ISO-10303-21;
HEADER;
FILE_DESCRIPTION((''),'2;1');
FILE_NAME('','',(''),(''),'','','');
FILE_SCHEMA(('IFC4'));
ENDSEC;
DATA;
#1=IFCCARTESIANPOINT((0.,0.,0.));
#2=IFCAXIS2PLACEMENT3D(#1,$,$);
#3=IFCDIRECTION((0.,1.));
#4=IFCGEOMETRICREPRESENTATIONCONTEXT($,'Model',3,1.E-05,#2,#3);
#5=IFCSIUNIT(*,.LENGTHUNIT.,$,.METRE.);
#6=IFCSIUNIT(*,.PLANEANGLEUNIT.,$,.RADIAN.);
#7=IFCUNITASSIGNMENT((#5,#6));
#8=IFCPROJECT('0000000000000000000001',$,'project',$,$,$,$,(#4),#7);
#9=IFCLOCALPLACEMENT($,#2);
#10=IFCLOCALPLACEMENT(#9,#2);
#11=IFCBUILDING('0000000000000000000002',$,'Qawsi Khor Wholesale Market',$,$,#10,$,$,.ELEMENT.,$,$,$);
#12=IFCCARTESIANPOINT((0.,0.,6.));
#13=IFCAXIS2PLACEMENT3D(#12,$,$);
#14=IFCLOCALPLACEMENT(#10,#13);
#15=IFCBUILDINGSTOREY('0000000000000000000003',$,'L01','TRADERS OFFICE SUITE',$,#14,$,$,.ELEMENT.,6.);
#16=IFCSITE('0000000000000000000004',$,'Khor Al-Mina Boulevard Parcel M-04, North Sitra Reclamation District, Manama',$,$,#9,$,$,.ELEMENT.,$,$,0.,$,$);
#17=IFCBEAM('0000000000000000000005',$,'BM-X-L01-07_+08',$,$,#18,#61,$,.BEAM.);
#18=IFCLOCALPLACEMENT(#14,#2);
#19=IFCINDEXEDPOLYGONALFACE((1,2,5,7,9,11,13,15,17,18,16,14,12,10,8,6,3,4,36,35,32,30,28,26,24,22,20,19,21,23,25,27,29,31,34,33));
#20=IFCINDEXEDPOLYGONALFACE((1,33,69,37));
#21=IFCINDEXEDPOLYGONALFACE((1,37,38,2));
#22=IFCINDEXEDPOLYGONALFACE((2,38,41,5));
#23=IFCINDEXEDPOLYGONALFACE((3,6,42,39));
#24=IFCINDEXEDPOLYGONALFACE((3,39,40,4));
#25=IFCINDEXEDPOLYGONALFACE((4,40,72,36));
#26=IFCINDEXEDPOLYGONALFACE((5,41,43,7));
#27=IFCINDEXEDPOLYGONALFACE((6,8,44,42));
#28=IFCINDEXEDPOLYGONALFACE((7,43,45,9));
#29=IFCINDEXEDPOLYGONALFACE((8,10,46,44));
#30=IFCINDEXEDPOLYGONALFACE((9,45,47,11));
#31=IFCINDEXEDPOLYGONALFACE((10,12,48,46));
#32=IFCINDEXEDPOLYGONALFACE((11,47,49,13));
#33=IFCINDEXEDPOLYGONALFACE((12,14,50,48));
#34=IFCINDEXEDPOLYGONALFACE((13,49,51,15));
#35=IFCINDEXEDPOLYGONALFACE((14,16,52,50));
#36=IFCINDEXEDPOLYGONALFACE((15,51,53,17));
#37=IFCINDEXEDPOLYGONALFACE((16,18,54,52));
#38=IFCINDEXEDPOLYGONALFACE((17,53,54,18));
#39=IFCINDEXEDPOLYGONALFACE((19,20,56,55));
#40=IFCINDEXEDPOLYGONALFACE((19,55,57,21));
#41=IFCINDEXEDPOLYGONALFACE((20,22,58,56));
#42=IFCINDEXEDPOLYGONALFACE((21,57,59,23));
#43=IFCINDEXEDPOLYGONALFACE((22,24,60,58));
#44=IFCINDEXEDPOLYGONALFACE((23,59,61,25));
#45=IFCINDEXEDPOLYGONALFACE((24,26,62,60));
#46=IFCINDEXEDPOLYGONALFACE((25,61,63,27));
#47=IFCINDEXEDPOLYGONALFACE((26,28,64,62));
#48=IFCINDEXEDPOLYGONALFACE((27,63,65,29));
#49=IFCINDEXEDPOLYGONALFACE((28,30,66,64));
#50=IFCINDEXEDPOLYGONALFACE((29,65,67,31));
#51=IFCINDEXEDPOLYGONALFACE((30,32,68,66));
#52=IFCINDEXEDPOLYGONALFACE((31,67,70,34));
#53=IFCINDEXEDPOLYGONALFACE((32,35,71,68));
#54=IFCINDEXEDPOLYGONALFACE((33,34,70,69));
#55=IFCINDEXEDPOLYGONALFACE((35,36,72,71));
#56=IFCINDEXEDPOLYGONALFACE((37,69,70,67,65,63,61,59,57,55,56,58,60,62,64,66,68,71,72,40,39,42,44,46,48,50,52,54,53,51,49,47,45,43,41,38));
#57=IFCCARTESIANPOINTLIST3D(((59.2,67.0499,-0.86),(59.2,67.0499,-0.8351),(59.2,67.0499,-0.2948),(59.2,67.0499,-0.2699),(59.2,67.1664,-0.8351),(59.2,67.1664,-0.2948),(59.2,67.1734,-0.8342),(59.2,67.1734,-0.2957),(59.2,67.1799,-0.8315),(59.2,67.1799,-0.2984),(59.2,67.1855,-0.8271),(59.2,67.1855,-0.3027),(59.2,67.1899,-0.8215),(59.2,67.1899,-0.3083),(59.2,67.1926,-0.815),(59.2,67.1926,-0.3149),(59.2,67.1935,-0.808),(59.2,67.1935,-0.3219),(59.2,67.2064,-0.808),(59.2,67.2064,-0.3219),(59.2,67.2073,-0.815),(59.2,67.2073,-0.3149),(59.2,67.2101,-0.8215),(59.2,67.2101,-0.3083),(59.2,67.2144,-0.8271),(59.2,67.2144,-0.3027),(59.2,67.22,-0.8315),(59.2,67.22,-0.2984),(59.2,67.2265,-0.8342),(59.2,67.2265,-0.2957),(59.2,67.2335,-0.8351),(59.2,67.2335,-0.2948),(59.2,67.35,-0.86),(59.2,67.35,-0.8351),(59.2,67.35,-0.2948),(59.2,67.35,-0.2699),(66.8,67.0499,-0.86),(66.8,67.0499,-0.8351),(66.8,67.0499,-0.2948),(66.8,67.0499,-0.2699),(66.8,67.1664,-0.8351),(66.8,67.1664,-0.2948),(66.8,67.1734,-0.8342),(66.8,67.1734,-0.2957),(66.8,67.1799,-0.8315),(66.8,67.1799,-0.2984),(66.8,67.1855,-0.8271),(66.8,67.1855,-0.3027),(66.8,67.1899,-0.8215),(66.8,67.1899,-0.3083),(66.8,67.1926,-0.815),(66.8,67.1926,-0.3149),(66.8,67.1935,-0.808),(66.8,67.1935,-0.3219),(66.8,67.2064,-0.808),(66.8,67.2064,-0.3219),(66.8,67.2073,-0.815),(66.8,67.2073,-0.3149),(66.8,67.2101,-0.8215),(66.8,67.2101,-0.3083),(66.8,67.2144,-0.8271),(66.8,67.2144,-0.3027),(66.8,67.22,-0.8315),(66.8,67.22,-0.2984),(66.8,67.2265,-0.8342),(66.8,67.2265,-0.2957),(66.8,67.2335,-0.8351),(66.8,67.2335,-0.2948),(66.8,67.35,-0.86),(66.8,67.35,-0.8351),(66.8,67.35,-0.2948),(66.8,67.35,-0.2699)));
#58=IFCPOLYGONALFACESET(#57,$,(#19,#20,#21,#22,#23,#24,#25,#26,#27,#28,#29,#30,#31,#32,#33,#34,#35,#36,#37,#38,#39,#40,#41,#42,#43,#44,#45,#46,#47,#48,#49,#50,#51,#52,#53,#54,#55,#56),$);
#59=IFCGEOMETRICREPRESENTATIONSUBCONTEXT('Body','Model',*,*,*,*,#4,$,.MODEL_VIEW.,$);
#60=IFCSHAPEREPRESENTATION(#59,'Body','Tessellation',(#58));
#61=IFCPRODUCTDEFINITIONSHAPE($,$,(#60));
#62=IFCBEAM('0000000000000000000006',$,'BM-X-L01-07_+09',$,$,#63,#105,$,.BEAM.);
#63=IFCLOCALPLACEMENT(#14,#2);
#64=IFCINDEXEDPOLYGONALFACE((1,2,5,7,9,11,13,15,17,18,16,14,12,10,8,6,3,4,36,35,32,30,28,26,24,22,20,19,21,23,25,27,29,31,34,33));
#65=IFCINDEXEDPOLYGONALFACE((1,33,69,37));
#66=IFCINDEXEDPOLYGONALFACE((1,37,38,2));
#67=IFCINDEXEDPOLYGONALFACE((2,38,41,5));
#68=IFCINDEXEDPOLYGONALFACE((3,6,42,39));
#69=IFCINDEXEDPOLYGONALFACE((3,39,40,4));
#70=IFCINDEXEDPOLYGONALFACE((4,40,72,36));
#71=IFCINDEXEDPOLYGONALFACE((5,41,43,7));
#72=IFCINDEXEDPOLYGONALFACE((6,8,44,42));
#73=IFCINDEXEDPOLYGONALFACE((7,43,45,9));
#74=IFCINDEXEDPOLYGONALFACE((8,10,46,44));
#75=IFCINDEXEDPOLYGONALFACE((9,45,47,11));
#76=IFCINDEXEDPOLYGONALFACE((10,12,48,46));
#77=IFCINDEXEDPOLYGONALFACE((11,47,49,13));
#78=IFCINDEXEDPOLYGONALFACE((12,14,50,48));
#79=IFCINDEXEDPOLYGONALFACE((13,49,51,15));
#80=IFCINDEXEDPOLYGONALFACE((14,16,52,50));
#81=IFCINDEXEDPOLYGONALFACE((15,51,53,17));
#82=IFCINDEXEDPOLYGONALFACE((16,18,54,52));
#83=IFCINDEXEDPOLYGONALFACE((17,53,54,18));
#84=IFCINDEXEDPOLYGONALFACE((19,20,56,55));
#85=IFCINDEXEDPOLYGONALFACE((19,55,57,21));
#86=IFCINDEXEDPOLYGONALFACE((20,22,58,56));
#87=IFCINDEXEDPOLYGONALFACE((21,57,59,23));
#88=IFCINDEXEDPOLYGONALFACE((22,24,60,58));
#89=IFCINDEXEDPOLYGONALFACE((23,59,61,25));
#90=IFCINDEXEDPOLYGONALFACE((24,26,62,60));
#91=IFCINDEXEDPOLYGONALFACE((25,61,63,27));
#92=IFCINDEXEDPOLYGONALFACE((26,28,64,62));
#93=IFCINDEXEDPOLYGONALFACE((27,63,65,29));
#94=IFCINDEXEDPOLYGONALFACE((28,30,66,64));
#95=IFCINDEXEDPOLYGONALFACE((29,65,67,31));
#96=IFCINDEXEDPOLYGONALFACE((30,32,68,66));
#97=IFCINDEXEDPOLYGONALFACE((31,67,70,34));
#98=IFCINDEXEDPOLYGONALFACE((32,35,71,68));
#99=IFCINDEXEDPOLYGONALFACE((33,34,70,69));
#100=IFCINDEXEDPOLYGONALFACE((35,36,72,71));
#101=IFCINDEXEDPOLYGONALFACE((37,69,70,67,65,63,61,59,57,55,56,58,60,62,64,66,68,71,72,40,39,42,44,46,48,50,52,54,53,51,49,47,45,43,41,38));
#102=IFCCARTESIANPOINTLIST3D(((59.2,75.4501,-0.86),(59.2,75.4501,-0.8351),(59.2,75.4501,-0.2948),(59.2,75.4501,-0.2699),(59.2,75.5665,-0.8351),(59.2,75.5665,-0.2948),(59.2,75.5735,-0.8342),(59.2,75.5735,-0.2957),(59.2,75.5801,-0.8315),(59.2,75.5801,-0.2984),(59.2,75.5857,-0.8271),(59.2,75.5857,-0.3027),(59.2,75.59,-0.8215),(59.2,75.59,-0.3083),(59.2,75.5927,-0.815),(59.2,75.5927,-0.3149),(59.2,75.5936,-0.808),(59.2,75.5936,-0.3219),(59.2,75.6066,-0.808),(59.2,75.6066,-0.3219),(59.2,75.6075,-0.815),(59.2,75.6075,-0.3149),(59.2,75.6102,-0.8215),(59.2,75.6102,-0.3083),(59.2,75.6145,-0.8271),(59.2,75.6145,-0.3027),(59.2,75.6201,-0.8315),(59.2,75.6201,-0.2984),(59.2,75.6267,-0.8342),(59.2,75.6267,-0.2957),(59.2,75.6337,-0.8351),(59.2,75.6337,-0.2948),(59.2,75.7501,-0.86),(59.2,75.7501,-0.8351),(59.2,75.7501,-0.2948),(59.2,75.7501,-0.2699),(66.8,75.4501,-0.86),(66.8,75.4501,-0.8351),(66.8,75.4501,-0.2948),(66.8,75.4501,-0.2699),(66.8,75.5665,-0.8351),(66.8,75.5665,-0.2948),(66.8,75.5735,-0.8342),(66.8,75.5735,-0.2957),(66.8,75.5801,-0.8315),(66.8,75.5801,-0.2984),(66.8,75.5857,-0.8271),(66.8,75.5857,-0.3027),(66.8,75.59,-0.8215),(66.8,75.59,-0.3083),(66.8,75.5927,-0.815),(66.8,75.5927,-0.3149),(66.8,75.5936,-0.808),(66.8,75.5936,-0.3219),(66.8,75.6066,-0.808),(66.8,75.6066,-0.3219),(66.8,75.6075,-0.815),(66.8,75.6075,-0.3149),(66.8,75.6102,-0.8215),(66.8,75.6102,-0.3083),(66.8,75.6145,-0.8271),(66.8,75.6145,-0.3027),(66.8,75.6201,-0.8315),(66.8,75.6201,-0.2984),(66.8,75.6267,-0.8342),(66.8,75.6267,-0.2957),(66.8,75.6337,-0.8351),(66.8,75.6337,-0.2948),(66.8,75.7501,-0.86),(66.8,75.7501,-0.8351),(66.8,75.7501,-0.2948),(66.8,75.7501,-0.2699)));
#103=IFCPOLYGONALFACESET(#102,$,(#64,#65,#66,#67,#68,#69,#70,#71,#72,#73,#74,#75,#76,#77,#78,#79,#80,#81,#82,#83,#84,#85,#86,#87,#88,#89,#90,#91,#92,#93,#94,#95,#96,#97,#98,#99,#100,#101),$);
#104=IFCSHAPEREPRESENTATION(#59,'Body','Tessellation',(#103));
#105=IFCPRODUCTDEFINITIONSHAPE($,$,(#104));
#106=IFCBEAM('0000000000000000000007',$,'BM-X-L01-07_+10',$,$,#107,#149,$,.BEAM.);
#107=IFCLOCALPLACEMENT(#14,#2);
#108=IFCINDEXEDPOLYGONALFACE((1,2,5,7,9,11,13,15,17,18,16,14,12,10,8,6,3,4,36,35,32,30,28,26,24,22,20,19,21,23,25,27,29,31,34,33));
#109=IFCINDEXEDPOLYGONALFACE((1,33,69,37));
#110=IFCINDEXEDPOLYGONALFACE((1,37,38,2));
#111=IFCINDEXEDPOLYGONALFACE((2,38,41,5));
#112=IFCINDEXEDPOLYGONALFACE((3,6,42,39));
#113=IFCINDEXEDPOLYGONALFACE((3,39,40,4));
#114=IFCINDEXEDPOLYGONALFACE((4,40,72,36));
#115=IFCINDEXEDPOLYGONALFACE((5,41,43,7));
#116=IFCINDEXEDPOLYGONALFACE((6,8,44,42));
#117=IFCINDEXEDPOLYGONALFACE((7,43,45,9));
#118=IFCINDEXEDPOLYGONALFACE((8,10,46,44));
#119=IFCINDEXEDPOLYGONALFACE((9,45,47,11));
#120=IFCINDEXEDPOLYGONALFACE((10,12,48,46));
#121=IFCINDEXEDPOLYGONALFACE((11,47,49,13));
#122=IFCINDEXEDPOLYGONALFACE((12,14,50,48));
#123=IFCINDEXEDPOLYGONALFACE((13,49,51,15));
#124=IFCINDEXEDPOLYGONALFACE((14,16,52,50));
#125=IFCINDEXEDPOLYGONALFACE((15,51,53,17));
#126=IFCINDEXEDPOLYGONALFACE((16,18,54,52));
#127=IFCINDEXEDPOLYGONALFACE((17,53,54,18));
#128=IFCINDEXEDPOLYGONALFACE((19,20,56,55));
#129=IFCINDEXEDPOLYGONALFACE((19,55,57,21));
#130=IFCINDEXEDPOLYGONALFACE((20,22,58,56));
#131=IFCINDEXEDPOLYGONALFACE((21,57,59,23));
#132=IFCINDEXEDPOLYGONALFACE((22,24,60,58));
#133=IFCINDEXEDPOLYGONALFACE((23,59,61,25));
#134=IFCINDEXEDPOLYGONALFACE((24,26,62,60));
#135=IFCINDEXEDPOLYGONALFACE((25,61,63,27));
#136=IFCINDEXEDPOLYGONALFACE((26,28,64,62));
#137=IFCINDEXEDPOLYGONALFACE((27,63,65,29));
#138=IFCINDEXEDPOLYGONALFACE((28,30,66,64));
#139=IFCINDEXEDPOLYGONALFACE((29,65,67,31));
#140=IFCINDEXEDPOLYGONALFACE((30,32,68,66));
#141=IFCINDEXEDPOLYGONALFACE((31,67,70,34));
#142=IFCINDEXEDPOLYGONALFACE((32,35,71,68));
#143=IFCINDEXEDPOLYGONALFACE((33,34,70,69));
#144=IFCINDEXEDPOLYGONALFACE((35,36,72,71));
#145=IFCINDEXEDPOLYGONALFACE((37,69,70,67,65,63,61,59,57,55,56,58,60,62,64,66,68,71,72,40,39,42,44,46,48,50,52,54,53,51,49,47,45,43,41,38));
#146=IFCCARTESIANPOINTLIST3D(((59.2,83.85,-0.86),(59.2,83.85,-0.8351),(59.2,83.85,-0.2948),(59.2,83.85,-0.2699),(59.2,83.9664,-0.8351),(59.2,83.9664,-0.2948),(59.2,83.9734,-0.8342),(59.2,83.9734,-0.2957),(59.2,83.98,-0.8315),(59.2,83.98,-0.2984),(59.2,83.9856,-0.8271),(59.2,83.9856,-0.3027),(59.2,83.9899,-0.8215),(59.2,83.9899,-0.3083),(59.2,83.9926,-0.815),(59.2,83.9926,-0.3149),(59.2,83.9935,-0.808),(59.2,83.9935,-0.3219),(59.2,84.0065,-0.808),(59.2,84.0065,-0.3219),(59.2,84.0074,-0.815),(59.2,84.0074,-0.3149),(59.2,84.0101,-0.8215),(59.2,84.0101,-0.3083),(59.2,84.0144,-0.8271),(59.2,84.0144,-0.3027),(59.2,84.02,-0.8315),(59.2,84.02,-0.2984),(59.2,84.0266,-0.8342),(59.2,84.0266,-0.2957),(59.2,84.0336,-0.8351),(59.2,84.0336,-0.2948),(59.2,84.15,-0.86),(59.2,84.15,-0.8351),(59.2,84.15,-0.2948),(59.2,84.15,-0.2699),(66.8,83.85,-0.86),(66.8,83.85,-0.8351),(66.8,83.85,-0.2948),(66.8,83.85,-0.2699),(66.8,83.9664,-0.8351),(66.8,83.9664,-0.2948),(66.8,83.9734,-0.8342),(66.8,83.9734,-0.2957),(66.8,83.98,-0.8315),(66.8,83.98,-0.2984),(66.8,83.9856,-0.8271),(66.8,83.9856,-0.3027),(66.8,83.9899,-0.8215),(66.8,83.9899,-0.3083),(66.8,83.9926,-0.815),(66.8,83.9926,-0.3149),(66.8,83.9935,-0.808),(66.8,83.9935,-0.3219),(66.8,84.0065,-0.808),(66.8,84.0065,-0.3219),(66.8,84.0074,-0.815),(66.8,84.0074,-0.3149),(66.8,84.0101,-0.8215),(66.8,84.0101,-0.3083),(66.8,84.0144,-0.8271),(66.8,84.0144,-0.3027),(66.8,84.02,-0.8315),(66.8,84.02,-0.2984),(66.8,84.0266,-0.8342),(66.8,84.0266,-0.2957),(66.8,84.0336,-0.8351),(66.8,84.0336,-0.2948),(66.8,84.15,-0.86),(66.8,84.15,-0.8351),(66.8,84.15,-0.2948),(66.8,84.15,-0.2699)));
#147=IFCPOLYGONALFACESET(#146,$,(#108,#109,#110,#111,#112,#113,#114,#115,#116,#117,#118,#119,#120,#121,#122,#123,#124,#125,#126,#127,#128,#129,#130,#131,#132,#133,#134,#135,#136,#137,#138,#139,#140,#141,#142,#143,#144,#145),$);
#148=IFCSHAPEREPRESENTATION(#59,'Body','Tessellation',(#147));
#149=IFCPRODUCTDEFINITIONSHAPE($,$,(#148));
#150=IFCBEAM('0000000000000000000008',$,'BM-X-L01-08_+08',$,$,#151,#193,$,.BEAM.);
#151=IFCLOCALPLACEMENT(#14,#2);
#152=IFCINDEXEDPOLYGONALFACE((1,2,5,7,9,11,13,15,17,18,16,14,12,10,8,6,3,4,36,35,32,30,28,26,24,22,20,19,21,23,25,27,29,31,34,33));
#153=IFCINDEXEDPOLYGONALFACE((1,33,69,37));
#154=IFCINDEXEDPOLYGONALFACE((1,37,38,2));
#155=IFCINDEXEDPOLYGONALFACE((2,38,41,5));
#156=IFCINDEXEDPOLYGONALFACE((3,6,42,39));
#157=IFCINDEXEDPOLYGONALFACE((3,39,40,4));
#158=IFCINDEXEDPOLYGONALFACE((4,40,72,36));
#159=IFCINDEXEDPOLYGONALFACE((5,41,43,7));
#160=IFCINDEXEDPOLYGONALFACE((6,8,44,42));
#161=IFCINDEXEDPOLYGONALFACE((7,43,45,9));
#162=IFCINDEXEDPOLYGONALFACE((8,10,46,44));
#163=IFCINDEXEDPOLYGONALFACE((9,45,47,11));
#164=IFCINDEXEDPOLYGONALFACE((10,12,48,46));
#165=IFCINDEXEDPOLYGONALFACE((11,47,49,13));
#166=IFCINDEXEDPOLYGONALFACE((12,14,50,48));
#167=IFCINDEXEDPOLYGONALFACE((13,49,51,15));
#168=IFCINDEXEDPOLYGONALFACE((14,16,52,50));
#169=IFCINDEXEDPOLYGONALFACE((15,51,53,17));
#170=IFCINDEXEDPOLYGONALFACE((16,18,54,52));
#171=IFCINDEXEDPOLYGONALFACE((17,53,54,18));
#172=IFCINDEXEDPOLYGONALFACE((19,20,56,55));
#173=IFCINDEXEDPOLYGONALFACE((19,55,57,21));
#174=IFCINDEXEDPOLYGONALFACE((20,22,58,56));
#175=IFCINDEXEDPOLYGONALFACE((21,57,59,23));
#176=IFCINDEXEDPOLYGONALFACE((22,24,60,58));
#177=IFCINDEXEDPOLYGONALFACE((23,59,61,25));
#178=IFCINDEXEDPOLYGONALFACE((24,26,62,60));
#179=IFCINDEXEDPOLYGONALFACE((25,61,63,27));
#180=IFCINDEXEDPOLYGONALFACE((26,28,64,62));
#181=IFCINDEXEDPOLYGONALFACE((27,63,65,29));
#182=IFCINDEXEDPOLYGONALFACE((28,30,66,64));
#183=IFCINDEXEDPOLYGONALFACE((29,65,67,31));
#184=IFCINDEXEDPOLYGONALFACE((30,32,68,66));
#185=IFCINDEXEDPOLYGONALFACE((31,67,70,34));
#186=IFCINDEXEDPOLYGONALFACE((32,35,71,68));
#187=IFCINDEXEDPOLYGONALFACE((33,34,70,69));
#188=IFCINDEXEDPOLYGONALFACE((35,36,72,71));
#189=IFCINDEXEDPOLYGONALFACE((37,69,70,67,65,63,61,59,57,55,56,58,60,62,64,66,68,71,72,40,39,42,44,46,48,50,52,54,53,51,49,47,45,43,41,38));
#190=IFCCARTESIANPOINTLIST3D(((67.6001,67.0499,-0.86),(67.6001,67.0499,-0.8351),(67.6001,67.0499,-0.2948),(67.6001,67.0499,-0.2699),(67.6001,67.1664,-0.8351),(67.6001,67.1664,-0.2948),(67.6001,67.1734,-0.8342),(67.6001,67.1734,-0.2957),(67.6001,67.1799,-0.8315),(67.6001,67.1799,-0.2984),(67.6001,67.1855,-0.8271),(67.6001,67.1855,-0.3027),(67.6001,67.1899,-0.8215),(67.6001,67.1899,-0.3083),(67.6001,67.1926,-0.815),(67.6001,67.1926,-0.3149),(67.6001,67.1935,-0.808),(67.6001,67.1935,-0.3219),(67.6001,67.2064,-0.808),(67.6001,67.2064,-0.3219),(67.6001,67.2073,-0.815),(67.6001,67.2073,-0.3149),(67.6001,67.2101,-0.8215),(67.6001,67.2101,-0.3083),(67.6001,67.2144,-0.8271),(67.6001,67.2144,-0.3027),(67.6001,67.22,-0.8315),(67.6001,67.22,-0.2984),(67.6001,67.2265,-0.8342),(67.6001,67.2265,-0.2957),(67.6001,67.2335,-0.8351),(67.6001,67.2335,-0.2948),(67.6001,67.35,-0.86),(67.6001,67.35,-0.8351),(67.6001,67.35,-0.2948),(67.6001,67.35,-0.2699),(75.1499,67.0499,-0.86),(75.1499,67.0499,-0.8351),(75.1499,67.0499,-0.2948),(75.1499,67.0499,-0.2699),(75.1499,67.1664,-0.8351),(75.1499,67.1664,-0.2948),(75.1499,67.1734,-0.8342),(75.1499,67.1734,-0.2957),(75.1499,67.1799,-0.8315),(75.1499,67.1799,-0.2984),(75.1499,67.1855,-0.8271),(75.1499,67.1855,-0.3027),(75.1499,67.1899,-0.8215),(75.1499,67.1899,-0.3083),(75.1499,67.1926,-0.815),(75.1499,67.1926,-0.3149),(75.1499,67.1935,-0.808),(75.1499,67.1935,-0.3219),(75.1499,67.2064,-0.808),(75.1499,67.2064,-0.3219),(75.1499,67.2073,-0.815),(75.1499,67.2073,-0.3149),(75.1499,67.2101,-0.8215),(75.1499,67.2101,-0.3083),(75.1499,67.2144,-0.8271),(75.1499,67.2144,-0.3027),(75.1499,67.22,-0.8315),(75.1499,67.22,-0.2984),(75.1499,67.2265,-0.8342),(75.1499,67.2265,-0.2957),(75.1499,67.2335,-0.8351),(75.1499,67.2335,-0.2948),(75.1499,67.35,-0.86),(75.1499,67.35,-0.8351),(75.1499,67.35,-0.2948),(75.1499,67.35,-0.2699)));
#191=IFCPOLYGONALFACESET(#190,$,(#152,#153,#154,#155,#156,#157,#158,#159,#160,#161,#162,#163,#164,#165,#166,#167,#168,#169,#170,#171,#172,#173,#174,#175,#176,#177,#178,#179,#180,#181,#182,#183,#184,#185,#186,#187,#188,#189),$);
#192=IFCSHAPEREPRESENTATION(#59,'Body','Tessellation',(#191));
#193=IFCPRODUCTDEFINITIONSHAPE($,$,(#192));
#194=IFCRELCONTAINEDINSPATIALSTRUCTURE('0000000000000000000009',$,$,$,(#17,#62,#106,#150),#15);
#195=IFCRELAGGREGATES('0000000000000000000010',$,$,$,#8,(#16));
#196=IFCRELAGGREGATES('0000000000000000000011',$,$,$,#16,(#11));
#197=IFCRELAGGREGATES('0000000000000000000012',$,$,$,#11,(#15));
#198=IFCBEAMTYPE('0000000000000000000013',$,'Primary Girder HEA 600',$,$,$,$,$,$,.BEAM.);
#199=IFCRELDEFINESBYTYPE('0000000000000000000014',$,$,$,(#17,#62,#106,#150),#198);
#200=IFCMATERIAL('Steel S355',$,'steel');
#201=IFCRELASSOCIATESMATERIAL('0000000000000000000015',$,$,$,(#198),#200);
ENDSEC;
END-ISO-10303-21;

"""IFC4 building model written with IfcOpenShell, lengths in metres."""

from ifc_helpers import new_model, si_unit, direction, frame, origin, origin_2d, place, context, subcontext, project, spatial, i_section, extrude, material, material_profile, profile_set, type_object, element, save


model = new_model("IFC4")

# Units and contexts
model_context = context("Model", 3, precision=1e-05, world=origin(), true_north=direction((0.0, 1.0)))
body_context = subcontext(model_context, "Body", "Model", "MODEL_VIEW")
ifc_project = project(units=[si_unit("LENGTHUNIT", "METRE"), si_unit("PLANEANGLEUNIT", "RADIAN")], contexts=[model_context])

# Site, building, storey
site_placement = place(None, origin())
site = spatial("IfcSite", under=ifc_project, at=site_placement, Name="Khor Al-Mina Boulevard Parcel M-04, North Sitra Reclamation District, Manama", CompositionType="ELEMENT", RefElevation=0.0)
building_placement = place(site_placement, origin())
building = spatial("IfcBuilding", under=site, at=building_placement, Name="Qawsi Khor Wholesale Market", CompositionType="ELEMENT")
storey_placement = place(building_placement, frame((0.0, 0.0, 6.0)))
storey = spatial("IfcBuildingStorey", under=building, at=storey_placement, Name="L01", Description="TRADERS OFFICE SUITE", CompositionType="ELEMENT", Elevation=6.0)

# Beams
ifc_material_1 = material(Name="Steel S355", Category="steel")
ifc_material_profile_1 = material_profile(ifc_material_1, i_section(OverallWidth=0.3, OverallDepth=0.5901, WebThickness=0.0129, FlangeThickness=0.0249, FilletRadius=0.0271, at=origin_2d()), Name="HEA 600")
ifc_profile_set_1 = profile_set([ifc_material_profile_1], Name="Steel S355")
beam_type_1 = type_object("IfcBeamType", Name="Primary Girder HEA 600", PredefinedType="BEAM", material=ifc_profile_set_1)
for number, where, z_axis, x_axis, name in (
    (1, (59.2, 67.2, -0.5649), (1.0, 0.0, 0.0), (0.0, 1.0, 0.0), "BM-X-L01-07_+08"),
    (2, (59.2, 75.6001, -0.5649), (1.0, 0.0, 0.0), (0.0, 1.0, 0.0), "BM-X-L01-07_+09"),
    (3, (59.2, 84.0, -0.5649), (1.0, 0.0, 0.0), (0.0, 1.0, 0.0), "BM-X-L01-07_+10"),
):
    element("IfcBeam", number, at=place(storey_placement, frame(where, z_axis=z_axis, x_axis=x_axis)), inside=storey, type_object=beam_type_1, Name=name, PredefinedType="BEAM", context=body_context, shape_type="SweptSolid", body=[
        extrude(i_section(OverallWidth=0.3, OverallDepth=0.5901, WebThickness=0.0129, FlangeThickness=0.0249, FilletRadius=0.0271, at=origin_2d()), origin(), (0.0, 0.0, 1.0), 7.6001),
    ])
for number, where, z_axis, x_axis, name in (
    (4, (67.6001, 67.2, -0.5649), (1.0, 0.0, 0.0), (0.0, 1.0, 0.0), "BM-X-L01-08_+08"),
):
    element("IfcBeam", number, at=place(storey_placement, frame(where, z_axis=z_axis, x_axis=x_axis)), inside=storey, type_object=beam_type_1, Name=name, PredefinedType="BEAM", context=body_context, shape_type="SweptSolid", body=[
        extrude(i_section(OverallWidth=0.3, OverallDepth=0.5901, WebThickness=0.0129, FlangeThickness=0.0249, FilletRadius=0.0271, at=origin_2d()), origin(), (0.0, 0.0, 1.0), 7.5498),
    ])

save(model, "model.ifc")
